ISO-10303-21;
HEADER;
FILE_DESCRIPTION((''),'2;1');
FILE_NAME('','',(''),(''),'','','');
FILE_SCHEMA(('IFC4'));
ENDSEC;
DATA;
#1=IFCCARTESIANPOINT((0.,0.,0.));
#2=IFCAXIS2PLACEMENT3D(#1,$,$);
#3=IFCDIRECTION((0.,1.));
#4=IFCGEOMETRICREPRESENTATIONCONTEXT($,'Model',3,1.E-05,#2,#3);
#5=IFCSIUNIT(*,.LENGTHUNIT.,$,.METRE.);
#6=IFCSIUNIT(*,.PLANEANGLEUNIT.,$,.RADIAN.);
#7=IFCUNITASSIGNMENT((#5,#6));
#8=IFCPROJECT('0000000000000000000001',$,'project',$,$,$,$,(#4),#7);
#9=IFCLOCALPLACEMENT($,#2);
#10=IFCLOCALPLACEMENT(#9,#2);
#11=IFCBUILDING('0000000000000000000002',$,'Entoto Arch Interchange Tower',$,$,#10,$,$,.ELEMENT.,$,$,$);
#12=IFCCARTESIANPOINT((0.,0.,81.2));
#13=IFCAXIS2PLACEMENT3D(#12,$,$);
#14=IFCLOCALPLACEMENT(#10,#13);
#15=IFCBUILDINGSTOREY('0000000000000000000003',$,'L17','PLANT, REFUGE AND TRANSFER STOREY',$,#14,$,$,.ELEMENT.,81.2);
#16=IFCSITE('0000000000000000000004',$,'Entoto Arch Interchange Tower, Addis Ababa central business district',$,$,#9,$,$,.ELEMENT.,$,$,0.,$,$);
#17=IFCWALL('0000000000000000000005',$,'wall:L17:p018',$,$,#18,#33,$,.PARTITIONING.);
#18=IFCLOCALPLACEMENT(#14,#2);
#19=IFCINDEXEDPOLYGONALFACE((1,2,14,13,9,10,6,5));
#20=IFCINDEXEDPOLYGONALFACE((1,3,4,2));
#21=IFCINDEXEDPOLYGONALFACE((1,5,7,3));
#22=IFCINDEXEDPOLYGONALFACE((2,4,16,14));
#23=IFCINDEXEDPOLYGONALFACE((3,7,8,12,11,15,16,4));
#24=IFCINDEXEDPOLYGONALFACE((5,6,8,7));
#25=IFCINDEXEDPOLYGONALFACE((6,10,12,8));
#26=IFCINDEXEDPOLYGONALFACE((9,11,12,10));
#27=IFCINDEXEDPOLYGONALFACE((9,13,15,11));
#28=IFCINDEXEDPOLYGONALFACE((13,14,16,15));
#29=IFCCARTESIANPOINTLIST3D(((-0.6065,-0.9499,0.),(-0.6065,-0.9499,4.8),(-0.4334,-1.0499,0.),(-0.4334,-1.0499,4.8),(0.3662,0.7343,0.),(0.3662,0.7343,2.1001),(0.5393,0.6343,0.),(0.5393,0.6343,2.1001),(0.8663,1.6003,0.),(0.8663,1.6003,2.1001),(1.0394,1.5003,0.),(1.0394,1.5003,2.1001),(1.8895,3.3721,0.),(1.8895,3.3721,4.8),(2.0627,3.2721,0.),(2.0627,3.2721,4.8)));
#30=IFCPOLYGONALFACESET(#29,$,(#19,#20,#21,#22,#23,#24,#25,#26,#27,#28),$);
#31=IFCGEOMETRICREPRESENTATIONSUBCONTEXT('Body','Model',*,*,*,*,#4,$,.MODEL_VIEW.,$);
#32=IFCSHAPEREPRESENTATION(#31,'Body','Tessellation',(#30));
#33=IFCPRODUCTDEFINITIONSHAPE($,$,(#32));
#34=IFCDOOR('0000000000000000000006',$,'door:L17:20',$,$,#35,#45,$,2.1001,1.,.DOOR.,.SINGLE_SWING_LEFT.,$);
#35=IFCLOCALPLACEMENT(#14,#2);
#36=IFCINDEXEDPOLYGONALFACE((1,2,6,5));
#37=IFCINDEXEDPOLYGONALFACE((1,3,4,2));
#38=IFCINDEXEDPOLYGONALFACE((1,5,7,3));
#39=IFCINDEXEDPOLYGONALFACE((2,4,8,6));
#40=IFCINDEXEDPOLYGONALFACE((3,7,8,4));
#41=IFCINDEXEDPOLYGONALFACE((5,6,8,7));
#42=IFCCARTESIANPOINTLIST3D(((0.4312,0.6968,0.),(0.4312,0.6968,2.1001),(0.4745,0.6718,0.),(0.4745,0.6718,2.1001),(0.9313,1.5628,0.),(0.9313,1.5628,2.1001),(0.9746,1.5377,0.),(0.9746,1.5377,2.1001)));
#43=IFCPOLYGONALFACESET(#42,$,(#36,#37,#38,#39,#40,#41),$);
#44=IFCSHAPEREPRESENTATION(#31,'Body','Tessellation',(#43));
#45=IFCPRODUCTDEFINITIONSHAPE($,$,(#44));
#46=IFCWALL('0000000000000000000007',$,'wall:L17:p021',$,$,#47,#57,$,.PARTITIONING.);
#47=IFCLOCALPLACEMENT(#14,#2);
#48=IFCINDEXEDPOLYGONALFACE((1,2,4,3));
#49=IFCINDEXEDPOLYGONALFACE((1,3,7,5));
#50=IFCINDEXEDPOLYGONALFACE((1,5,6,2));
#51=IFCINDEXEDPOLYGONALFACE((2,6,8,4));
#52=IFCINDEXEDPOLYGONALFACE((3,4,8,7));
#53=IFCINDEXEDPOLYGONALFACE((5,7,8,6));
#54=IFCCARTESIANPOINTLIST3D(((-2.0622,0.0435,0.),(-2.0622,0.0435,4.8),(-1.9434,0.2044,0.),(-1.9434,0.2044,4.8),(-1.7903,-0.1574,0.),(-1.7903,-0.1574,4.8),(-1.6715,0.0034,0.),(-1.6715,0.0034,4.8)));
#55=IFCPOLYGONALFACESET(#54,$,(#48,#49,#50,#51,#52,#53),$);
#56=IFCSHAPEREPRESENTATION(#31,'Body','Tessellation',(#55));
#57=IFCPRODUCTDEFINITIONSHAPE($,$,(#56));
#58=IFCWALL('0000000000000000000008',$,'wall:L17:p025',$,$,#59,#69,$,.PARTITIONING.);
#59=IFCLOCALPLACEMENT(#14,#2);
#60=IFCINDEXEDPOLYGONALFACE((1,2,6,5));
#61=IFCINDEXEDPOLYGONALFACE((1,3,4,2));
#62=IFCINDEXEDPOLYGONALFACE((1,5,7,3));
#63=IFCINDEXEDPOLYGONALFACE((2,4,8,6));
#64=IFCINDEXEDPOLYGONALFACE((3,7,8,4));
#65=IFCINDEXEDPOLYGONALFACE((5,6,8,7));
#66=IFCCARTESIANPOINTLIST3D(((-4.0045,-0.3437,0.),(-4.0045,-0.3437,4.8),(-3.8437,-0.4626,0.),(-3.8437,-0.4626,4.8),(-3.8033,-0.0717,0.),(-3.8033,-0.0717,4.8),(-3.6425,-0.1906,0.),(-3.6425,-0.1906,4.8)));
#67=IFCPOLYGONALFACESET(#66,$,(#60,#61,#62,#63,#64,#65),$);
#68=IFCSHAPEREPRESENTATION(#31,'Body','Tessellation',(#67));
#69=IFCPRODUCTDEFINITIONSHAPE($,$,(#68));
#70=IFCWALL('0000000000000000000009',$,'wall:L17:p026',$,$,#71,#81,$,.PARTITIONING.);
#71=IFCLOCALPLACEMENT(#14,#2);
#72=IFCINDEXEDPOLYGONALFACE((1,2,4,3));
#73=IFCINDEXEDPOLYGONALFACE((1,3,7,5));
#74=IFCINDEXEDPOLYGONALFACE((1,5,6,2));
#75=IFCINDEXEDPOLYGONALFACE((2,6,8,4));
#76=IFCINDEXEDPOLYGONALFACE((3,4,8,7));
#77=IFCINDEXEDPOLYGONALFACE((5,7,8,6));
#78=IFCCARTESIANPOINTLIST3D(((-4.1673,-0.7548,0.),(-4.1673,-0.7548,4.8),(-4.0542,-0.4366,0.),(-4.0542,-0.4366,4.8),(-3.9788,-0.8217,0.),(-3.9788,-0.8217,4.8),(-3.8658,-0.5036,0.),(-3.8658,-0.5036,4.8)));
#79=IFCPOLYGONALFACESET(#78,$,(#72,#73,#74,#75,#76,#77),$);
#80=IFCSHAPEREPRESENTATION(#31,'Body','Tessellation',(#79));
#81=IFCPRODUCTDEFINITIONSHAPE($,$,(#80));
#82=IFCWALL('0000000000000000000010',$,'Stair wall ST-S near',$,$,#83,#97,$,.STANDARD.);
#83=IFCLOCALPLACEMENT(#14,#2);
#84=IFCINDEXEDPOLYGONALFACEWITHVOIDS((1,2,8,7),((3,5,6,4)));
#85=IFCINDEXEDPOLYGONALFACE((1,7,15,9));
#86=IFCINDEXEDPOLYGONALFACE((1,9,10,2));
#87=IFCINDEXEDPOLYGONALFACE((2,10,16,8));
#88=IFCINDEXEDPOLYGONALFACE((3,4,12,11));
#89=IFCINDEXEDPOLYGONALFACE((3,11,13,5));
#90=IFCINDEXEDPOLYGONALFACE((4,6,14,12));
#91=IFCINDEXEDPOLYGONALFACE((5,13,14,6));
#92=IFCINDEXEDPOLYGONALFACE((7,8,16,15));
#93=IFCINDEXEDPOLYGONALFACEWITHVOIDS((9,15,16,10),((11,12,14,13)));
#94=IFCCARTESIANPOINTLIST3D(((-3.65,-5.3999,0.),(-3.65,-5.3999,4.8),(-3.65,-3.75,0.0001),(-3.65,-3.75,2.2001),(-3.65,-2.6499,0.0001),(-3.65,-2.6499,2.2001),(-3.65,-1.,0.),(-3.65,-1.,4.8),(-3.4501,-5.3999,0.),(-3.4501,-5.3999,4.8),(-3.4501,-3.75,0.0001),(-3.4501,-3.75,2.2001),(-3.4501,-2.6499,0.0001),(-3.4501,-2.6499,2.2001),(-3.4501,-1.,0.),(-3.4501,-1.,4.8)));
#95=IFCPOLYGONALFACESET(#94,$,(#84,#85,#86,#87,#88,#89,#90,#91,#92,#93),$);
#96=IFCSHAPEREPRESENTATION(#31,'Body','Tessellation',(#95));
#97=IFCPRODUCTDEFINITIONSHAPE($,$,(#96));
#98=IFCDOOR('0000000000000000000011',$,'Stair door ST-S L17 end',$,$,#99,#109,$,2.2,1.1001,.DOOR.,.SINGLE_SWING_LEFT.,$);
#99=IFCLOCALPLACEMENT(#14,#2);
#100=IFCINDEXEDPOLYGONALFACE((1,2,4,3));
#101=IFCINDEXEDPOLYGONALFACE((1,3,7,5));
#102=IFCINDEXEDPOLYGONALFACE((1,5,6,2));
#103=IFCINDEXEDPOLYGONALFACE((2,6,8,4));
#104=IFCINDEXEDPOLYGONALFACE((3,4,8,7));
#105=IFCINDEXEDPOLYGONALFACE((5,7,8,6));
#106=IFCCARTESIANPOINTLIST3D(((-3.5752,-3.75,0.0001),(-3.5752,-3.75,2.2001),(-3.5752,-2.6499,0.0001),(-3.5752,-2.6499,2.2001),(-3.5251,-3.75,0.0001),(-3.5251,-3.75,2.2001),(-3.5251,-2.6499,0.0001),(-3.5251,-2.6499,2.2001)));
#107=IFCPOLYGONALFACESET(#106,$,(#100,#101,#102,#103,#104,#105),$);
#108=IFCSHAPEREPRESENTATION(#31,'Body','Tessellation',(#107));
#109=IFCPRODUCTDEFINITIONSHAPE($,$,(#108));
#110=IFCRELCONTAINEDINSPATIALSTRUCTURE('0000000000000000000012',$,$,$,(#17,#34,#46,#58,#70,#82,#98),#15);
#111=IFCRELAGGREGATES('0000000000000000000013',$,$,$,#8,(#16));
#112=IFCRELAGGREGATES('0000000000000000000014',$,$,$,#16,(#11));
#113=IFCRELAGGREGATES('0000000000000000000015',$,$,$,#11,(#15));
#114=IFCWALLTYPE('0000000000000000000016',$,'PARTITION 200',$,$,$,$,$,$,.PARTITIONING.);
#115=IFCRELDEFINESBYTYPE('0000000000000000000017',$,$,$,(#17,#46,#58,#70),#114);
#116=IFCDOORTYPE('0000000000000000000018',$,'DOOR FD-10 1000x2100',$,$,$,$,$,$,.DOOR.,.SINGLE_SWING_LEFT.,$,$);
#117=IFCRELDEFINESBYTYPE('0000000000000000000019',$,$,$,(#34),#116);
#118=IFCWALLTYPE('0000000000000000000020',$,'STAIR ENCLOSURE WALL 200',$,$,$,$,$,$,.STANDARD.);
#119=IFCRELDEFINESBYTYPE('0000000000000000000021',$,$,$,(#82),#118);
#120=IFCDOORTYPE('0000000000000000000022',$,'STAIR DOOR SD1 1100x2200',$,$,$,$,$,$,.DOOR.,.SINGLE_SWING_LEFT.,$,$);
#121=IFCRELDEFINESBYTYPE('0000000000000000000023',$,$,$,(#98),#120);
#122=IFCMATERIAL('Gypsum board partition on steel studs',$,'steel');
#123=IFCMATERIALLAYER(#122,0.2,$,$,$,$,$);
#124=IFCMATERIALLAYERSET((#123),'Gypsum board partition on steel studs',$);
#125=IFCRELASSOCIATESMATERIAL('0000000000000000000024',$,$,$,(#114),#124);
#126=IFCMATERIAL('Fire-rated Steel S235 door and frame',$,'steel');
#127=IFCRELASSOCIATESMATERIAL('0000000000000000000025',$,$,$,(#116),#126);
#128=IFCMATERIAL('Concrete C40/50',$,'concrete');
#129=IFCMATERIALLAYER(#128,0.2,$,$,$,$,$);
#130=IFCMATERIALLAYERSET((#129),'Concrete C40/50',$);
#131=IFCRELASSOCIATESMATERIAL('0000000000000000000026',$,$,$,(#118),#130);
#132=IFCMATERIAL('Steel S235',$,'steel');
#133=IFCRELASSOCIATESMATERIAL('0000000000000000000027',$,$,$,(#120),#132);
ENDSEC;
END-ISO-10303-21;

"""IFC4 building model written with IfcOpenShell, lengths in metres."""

from ifc_helpers import new_model, si_unit, direction, frame, frame_2d, origin, place, context, subcontext, project, spatial, rectangle, extrude, material, layer, layer_set, type_object, element, fill, save


model = new_model("IFC4")

# Units and contexts
model_context = context("Model", 3, precision=1e-05, world=origin(), true_north=direction((0.0, 1.0)))
body_context = subcontext(model_context, "Body", "Model", "MODEL_VIEW")
ifc_project = project(units=[si_unit("LENGTHUNIT", "METRE"), si_unit("PLANEANGLEUNIT", "RADIAN")], contexts=[model_context])

# Site, building, storey
site_placement = place(None, origin())
site = spatial("IfcSite", under=ifc_project, at=site_placement, Name="Entoto Arch Interchange Tower, Addis Ababa central business district", CompositionType="ELEMENT", RefElevation=0.0)
building_placement = place(site_placement, origin())
building = spatial("IfcBuilding", under=site, at=building_placement, Name="Entoto Arch Interchange Tower", CompositionType="ELEMENT")
storey_placement = place(building_placement, frame((0.0, 0.0, 81.2)))
storey = spatial("IfcBuildingStorey", under=building, at=storey_placement, Name="L17", Description="PLANT, REFUGE AND TRANSFER STOREY", CompositionType="ELEMENT", Elevation=81.2)

# Shared definitions
ifc_material_1 = material(Name="Concrete C40/50", Category="concrete")
ifc_material_2 = material(Name="Gypsum board partition on steel studs", Category="steel")
ifc_layer_1 = layer(ifc_material_2, 0.2)
ifc_layer_set_1 = layer_set([ifc_layer_1], Name="Gypsum board partition on steel studs")
wall_type_1 = type_object("IfcWallType", Name="PARTITION 200", PredefinedType="PARTITIONING", material=ifc_layer_set_1)

# Wall, opening, door
wall_1_placement = place(storey_placement, frame((-0.52, -1.0, 0.0), z_axis=(0.0, 0.0, 1.0), x_axis=(0.500116, 0.865958, 0.0)))
wall_1 = element("IfcWall", 1, at=wall_1_placement, inside=storey, type_object=wall_type_1, Name="wall:L17:p018", PredefinedType="PARTITIONING", context=body_context, shape_type="SweptSolid", body=[
    extrude(rectangle(XDim=4.991, YDim=0.2, at=frame_2d((2.4956, 0.0))), origin(), (0.0, 0.0, 1.0), 4.8),
])
opening_1_placement = place(wall_1_placement, frame((1.9451, 0.0, 0.0)))
opening_1 = element("IfcOpeningElement", 2, at=opening_1_placement, cuts=wall_1, PredefinedType="OPENING", context=body_context, shape_type="SweptSolid", body=[
    extrude(rectangle(XDim=1.0, YDim=2.1001, at=frame_2d((0.5, 1.05))), frame((0.0, 0.1099, 0.0), z_axis=(0.0, -1.0, 0.0), x_axis=(1.0, 0.0, 0.0)), (0.0, 0.0, 1.0), 0.22),
])
ifc_material_3 = material(Name="Fire-rated Steel S235 door and frame", Category="steel")
door_type_1 = type_object("IfcDoorType", Name="DOOR FD-10 1000x2100", OperationType="SINGLE_SWING_LEFT", PredefinedType="DOOR", material=ifc_material_3)
door_1_placement = place(opening_1_placement, origin())
door_1 = element("IfcDoor", 3, at=door_1_placement, inside=storey, type_object=door_type_1, Name="door:L17:20", OperationType="SINGLE_SWING_LEFT", OverallHeight=2.1001, OverallWidth=1.0, PredefinedType="DOOR", context=body_context, shape_type="SweptSolid", body=[
    extrude(rectangle(XDim=1.0, YDim=2.1001, at=frame_2d((0.5, 1.05))), frame((0.0, 0.0249, 0.0), z_axis=(0.0, -1.0, 0.0), x_axis=(1.0, 0.0, 0.0)), (0.0, 0.0, 1.0), 0.05),
])
fill(opening_1, door_1)

# Walls
wall_2_placement = place(storey_placement, frame((-1.731, -0.0769, 0.0), z_axis=(0.0, 0.0, 1.0), x_axis=(-0.804311, 0.594208, 0.0)))
element("IfcWall", 4, at=wall_2_placement, inside=storey, type_object=wall_type_1, Name="wall:L17:p021", PredefinedType="PARTITIONING", context=body_context, shape_type="SweptSolid", body=[
    extrude(rectangle(XDim=0.3381, YDim=0.2, at=frame_2d((0.1689, 0.0))), origin(), (0.0, 0.0, 1.0), 4.8),
])
wall_3_placement = place(storey_placement, frame((-3.7229, -0.1311, 0.0), z_axis=(0.0, 0.0, 1.0), x_axis=(-0.594675, -0.803966, 0.0)))
element("IfcWall", 5, at=wall_3_placement, inside=storey, type_object=wall_type_1, Name="wall:L17:p025", PredefinedType="PARTITIONING", context=body_context, shape_type="SweptSolid", body=[
    extrude(rectangle(XDim=0.3384, YDim=0.2, at=frame_2d((0.1692, 0.0))), origin(), (0.0, 0.0, 1.0), 4.8),
])
wall_4_placement = place(storey_placement, frame((-3.96, -0.47, 0.0), z_axis=(0.0, 0.0, 1.0), x_axis=(-0.334824, -0.942281, 0.0)))
element("IfcWall", 6, at=wall_4_placement, inside=storey, type_object=wall_type_1, Name="wall:L17:p026", PredefinedType="PARTITIONING", context=body_context, shape_type="SweptSolid", body=[
    extrude(rectangle(XDim=0.3376, YDim=0.2, at=frame_2d((0.1689, 0.0))), origin(), (0.0, 0.0, 1.0), 4.8),
])

# Wall, opening, door
ifc_layer_2 = layer(ifc_material_1, 0.2)
ifc_layer_set_2 = layer_set([ifc_layer_2], Name="Concrete C40/50")
wall_type_2 = type_object("IfcWallType", Name="STAIR ENCLOSURE WALL 200", PredefinedType="STANDARD", material=ifc_layer_set_2)
wall_5_placement = place(storey_placement, frame((-3.55, -1.0, 0.0), z_axis=(0.0, 0.0, 1.0), x_axis=(0.0, -1.0, 0.0)))
wall_5 = element("IfcWall", 7, at=wall_5_placement, inside=storey, type_object=wall_type_2, Name="Stair wall ST-S near", PredefinedType="STANDARD", context=body_context, shape_type="SweptSolid", body=[
    extrude(rectangle(XDim=4.3999, YDim=0.2, at=frame_2d((2.2, 0.0))), origin(), (0.0, 0.0, 1.0), 4.8),
])
opening_2_placement = place(wall_5_placement, frame((1.6499, 0.0, 0.0)))
opening_2 = element("IfcOpeningElement", 8, at=opening_2_placement, cuts=wall_5, PredefinedType="OPENING", context=body_context, shape_type="SweptSolid", body=[
    extrude(rectangle(XDim=1.1001, YDim=2.2, at=frame_2d((0.55, 1.1001))), frame((0.0, 0.1099, 0.0), z_axis=(0.0, -1.0, 0.0), x_axis=(1.0, 0.0, 0.0)), (0.0, 0.0, 1.0), 0.22),
])
ifc_material_4 = material(Name="Steel S235", Category="steel")
door_type_2 = type_object("IfcDoorType", Name="STAIR DOOR SD1 1100x2200", OperationType="SINGLE_SWING_LEFT", PredefinedType="DOOR", material=ifc_material_4)
door_2_placement = place(opening_2_placement, origin())
door_2 = element("IfcDoor", 9, at=door_2_placement, inside=storey, type_object=door_type_2, Name="Stair door ST-S L17 end", OperationType="SINGLE_SWING_LEFT", OverallHeight=2.2, OverallWidth=1.1001, PredefinedType="DOOR", context=body_context, shape_type="SweptSolid", body=[
    extrude(rectangle(XDim=1.1001, YDim=2.2, at=frame_2d((0.55, 1.1001))), frame((0.0, 0.0249, 0.0), z_axis=(0.0, -1.0, 0.0), x_axis=(1.0, 0.0, 0.0)), (0.0, 0.0, 1.0), 0.05),
])
fill(opening_2, door_2)

save(model, "model.ifc")
